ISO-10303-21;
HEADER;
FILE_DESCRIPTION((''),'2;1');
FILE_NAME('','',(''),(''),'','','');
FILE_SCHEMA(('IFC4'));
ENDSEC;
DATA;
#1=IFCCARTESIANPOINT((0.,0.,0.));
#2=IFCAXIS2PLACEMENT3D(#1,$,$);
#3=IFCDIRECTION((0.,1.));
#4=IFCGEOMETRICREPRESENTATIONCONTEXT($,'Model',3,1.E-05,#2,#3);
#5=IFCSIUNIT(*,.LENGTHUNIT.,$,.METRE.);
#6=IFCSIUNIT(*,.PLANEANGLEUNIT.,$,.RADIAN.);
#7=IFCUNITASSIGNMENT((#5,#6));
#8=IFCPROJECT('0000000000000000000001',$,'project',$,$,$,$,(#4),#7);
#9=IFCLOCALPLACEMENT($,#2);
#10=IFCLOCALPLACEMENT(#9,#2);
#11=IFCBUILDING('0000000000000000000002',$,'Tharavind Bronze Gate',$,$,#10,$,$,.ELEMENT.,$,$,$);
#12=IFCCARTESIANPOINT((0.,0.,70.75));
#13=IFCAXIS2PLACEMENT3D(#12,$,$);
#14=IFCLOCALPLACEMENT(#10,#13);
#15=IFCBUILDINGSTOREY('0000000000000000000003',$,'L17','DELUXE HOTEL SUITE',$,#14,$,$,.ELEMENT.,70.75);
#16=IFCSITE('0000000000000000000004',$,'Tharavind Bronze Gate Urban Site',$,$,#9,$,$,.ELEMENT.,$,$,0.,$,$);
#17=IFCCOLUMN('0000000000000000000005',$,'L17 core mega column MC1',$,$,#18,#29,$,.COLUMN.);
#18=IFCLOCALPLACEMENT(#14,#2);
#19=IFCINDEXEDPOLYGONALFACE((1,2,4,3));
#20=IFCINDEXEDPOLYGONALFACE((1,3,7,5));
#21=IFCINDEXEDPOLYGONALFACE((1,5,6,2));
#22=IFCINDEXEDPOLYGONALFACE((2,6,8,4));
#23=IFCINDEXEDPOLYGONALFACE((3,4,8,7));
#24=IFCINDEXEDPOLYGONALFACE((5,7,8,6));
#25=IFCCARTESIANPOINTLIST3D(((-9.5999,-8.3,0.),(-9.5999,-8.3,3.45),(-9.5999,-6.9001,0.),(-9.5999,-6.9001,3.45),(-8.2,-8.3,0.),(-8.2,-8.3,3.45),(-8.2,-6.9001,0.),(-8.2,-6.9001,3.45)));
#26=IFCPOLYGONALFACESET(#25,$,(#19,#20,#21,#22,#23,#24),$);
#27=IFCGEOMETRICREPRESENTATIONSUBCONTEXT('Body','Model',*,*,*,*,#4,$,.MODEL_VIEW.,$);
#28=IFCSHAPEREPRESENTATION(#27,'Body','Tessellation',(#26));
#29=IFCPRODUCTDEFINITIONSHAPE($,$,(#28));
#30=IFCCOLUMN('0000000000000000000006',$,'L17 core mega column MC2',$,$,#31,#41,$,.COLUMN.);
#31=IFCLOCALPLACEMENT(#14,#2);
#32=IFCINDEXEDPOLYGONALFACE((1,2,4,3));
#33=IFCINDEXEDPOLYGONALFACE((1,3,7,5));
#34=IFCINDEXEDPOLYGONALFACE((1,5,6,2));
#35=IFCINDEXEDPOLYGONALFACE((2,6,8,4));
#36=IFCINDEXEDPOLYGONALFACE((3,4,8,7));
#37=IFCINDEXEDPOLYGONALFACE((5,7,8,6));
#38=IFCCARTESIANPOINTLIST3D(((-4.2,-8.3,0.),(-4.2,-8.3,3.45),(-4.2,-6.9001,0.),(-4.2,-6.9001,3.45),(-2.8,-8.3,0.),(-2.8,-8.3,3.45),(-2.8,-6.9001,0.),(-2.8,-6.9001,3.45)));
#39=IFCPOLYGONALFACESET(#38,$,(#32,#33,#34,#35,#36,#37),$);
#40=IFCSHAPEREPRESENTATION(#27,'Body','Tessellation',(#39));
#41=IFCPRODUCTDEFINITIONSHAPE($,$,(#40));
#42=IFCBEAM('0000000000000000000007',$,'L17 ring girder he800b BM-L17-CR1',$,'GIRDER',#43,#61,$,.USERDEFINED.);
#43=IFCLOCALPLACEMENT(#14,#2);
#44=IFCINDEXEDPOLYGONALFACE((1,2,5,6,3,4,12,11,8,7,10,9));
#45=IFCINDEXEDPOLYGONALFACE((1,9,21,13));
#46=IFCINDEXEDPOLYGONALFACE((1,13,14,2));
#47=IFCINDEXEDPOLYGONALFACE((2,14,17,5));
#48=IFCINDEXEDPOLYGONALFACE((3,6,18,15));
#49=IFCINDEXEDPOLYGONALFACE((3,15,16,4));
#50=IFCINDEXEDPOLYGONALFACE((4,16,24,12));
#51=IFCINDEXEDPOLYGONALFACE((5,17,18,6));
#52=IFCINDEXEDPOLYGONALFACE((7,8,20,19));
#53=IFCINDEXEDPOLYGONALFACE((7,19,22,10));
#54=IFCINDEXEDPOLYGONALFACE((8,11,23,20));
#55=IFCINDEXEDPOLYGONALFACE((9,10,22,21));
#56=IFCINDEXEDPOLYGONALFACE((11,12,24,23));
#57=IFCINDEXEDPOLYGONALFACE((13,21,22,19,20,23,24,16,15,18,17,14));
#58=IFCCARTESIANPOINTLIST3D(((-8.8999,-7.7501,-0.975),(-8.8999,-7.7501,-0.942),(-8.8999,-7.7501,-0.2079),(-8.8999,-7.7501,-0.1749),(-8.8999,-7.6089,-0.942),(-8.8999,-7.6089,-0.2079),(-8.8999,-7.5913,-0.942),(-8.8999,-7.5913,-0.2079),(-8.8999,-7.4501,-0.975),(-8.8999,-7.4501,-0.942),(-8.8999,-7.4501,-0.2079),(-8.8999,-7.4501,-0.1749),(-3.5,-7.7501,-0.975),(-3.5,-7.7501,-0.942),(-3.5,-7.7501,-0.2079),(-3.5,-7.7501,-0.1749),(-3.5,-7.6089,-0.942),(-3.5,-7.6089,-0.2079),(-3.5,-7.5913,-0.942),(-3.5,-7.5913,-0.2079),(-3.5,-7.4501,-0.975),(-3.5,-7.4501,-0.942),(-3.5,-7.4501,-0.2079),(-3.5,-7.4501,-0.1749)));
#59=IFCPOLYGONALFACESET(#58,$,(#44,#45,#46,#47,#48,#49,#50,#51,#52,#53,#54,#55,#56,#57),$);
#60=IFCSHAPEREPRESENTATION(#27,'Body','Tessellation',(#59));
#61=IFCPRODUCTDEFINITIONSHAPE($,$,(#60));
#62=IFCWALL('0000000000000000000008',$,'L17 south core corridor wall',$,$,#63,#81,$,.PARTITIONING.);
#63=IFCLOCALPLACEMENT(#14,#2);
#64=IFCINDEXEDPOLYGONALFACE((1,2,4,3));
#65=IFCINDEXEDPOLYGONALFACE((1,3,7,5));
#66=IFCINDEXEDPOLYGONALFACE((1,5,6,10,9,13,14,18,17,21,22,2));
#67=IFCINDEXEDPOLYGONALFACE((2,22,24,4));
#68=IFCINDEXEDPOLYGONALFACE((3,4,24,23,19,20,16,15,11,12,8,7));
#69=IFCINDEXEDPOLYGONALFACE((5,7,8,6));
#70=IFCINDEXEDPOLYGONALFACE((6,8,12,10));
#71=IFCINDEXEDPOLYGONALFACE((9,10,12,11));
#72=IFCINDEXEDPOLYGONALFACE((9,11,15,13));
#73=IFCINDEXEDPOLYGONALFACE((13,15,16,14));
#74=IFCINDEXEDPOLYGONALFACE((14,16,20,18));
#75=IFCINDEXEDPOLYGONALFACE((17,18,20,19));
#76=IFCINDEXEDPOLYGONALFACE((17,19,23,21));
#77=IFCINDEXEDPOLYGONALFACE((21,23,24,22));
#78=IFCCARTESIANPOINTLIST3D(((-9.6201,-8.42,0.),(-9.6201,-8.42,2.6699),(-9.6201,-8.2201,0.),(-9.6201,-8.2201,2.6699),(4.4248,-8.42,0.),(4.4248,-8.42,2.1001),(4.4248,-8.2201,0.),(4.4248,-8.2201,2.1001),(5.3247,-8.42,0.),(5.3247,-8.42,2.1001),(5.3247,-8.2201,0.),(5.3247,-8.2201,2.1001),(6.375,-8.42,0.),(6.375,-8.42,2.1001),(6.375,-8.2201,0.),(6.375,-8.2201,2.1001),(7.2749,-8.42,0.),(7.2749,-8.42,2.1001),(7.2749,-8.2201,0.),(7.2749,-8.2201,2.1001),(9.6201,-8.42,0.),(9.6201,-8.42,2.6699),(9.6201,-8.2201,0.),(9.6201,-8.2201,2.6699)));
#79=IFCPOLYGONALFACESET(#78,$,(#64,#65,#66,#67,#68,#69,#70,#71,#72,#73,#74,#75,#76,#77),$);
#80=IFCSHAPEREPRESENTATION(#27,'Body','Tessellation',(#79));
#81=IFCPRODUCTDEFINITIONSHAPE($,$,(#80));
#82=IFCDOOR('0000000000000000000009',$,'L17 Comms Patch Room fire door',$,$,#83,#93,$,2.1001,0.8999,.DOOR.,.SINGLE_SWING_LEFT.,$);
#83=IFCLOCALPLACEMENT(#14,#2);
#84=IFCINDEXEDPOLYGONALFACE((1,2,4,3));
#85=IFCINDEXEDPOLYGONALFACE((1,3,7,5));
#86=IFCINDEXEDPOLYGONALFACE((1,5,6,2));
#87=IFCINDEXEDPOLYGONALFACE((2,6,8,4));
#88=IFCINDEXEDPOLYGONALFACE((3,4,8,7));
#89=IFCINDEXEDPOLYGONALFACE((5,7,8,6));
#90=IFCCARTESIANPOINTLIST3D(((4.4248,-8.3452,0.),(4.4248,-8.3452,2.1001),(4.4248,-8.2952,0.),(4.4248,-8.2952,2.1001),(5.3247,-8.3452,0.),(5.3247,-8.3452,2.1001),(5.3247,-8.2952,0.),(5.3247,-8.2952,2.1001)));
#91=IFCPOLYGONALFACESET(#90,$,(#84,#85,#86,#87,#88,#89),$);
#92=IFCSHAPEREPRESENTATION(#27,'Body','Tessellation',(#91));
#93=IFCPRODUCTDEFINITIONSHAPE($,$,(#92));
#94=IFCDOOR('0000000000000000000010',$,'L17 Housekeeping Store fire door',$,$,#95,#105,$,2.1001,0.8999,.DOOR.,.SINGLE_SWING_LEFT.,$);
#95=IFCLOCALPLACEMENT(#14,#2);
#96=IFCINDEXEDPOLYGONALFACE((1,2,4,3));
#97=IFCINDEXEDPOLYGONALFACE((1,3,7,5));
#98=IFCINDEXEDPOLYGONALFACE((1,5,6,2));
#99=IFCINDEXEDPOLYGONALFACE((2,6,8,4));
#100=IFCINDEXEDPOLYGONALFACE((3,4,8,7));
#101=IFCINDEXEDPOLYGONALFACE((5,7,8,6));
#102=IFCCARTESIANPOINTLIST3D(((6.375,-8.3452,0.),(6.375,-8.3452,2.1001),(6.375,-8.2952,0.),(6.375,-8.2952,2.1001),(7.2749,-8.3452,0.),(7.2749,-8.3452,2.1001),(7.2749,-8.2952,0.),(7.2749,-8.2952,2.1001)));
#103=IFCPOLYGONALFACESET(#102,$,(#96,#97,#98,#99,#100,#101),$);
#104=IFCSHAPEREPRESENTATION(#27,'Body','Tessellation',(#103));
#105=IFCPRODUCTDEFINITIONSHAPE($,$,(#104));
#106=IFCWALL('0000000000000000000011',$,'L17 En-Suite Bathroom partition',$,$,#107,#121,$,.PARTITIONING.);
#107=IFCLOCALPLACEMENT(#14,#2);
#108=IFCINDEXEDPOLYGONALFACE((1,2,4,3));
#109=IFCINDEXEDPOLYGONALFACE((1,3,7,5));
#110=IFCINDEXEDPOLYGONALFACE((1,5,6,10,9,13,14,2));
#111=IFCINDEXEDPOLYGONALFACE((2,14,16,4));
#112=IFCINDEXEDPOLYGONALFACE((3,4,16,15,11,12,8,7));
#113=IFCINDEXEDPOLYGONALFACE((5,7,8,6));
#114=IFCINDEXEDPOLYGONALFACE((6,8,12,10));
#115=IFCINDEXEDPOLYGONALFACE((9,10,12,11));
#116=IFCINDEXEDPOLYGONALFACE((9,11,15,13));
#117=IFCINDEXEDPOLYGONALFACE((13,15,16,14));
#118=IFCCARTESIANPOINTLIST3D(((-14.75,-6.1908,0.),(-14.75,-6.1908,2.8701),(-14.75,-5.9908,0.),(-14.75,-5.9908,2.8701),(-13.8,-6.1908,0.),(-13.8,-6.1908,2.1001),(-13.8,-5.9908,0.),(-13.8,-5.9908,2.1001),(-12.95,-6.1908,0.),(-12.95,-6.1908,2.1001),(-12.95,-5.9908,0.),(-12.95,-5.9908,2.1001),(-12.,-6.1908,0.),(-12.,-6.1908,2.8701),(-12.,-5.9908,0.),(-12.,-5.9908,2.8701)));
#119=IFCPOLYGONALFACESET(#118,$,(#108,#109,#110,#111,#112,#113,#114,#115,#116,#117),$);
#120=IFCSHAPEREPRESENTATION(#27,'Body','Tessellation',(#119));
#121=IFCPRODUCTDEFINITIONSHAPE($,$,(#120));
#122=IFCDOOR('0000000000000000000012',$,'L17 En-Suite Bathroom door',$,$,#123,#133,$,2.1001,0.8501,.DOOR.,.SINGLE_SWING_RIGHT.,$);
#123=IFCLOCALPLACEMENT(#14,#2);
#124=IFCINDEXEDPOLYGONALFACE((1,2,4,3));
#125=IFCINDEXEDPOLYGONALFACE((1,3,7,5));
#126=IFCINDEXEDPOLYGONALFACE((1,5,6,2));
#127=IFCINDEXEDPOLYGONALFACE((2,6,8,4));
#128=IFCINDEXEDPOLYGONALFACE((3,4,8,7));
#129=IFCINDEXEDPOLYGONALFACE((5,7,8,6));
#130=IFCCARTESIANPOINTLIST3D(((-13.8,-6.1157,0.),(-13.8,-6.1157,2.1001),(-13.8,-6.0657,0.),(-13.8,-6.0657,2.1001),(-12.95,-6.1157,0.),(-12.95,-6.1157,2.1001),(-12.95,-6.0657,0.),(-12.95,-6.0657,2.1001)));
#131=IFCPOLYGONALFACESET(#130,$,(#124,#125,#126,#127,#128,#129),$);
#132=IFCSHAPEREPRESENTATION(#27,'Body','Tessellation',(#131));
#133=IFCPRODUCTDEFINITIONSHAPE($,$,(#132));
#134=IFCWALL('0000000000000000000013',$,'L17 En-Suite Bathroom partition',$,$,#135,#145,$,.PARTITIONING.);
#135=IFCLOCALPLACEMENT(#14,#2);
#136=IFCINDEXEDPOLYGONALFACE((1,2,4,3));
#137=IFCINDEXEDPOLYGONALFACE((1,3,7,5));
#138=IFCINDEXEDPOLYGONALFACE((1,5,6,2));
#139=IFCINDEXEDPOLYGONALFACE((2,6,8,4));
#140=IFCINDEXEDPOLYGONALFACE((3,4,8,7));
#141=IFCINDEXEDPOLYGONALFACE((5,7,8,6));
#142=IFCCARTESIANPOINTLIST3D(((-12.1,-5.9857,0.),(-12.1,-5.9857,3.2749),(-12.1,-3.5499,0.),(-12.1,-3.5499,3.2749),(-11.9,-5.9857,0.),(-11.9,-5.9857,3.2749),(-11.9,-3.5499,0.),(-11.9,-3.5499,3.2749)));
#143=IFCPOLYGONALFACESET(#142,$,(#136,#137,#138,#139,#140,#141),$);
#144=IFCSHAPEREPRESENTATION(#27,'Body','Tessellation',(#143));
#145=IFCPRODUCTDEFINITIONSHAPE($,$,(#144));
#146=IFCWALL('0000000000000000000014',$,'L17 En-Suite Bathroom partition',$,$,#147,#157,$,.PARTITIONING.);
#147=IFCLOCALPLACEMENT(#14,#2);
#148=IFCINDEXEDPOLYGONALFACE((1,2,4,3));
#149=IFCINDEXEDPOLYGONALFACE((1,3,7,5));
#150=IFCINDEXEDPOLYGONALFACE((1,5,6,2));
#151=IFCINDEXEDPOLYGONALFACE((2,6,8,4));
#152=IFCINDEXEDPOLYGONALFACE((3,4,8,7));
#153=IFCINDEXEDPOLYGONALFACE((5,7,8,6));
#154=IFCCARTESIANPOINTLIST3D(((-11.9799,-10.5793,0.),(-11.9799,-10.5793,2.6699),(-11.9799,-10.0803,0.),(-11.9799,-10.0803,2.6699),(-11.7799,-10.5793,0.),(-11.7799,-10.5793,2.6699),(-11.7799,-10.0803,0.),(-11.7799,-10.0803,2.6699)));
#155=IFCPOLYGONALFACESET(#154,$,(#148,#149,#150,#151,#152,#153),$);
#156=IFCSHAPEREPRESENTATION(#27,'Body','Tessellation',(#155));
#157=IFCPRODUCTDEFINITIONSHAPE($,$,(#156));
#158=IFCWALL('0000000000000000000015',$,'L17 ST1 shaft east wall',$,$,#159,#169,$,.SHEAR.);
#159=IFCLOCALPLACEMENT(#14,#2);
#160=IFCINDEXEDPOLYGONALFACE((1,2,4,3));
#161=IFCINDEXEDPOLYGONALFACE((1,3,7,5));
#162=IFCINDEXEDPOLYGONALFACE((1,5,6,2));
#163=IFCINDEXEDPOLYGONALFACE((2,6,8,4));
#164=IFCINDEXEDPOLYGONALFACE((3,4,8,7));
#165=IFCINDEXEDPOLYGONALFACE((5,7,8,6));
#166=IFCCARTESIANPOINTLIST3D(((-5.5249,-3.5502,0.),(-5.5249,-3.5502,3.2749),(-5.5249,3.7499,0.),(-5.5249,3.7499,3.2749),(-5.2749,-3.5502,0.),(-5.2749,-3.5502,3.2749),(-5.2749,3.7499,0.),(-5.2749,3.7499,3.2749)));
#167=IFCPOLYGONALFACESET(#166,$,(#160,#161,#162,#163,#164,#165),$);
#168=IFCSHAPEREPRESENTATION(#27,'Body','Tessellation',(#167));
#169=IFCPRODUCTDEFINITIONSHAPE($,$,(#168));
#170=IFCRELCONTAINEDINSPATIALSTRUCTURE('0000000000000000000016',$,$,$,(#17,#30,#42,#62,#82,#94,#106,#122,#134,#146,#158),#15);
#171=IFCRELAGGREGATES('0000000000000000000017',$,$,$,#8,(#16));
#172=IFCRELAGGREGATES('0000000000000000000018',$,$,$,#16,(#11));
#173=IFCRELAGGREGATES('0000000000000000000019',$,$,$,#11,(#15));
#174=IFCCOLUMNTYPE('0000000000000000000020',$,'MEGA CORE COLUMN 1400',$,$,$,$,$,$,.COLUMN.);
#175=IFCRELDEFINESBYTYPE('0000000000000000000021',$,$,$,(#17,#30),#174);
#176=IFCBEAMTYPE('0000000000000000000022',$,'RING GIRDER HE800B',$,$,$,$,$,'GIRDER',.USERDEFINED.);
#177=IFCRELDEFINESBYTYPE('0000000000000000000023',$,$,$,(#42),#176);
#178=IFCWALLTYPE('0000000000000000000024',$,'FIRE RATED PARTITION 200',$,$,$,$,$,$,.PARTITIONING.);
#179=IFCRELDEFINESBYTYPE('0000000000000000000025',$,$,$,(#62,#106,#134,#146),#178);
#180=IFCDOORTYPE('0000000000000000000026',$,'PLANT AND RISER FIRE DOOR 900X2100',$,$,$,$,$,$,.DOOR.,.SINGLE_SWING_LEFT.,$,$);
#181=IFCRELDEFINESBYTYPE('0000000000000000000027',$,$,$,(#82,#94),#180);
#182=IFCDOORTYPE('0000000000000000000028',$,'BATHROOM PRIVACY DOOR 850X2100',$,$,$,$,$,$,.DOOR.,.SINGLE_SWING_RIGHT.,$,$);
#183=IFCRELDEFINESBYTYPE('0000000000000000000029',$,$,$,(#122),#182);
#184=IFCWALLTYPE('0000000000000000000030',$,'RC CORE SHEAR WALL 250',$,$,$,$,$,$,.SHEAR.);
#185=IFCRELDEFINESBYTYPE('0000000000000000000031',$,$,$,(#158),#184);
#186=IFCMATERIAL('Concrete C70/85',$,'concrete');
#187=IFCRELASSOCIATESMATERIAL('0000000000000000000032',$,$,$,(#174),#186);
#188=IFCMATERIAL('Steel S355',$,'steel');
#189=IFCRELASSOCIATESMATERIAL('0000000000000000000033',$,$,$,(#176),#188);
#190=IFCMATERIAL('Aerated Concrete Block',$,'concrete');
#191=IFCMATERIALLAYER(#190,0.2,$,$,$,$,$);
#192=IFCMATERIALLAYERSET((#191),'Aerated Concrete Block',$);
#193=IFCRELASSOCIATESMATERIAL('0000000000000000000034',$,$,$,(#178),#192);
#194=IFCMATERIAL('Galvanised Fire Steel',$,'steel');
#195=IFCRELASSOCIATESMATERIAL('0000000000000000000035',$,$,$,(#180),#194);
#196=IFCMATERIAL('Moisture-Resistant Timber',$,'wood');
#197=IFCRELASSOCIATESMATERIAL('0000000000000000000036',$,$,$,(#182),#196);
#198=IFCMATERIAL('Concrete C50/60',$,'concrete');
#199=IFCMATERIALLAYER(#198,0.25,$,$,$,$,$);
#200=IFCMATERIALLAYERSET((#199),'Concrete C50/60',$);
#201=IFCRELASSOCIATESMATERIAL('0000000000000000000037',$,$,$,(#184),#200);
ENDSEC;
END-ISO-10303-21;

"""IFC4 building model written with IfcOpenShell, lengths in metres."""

from ifc_helpers import new_model, si_unit, direction, frame, frame_2d, origin, origin_2d, place, context, subcontext, project, spatial, rectangle, i_section, extrude, material, layer, layer_set, material_profile, profile_set, type_object, element, fill, save


model = new_model("IFC4")

# Units and contexts
model_context = context("Model", 3, precision=1e-05, world=origin(), true_north=direction((0.0, 1.0)))
body_context = subcontext(model_context, "Body", "Model", "MODEL_VIEW")
ifc_project = project(units=[si_unit("LENGTHUNIT", "METRE"), si_unit("PLANEANGLEUNIT", "RADIAN")], contexts=[model_context])

# Site, building, storey
site_placement = place(None, origin())
site = spatial("IfcSite", under=ifc_project, at=site_placement, Name="Tharavind Bronze Gate Urban Site", CompositionType="ELEMENT", RefElevation=0.0)
building_placement = place(site_placement, origin())
building = spatial("IfcBuilding", under=site, at=building_placement, Name="Tharavind Bronze Gate", CompositionType="ELEMENT")
storey_placement = place(building_placement, frame((0.0, 0.0, 70.75)))
storey = spatial("IfcBuildingStorey", under=building, at=storey_placement, Name="L17", Description="DELUXE HOTEL SUITE", CompositionType="ELEMENT", Elevation=70.75)

# Columns
ifc_material_1 = material(Name="Concrete C70/85", Category="concrete")
ifc_material_profile_1 = material_profile(ifc_material_1, rectangle(XDim=1.3999, YDim=1.3999, at=origin_2d()), Name="RCCOL1400")
ifc_profile_set_1 = profile_set([ifc_material_profile_1], Name="Concrete C70/85")
column_type = type_object("IfcColumnType", Name="MEGA CORE COLUMN 1400", PredefinedType="COLUMN", material=ifc_profile_set_1)
for number, where, z_axis, x_axis, name in (
    (1, (-8.8999, -7.6001, 0.0), (0.0, 0.0, 1.0), (1.0, 0.0, 0.0), "L17 core mega column MC1"),
    (2, (-3.5, -7.6001, 0.0), (0.0, 0.0, 1.0), (1.0, 0.0, 0.0), "L17 core mega column MC2"),
):
    element("IfcColumn", number, at=place(storey_placement, frame(where, z_axis=z_axis, x_axis=x_axis)), inside=storey, type_object=column_type, Name=name, PredefinedType="COLUMN", context=body_context, shape_type="SweptSolid", body=[
        extrude(rectangle(XDim=1.3999, YDim=1.3999, at=origin_2d()), origin(), (0.0, 0.0, 1.0), 3.45),
    ])

# Beam
ifc_material_2 = material(Name="Steel S355", Category="steel")
ifc_material_profile_2 = material_profile(ifc_material_2, i_section(OverallWidth=0.3, OverallDepth=0.8, WebThickness=0.0176, FlangeThickness=0.033, at=origin_2d()), Name="HE800B")
ifc_profile_set_2 = profile_set([ifc_material_profile_2], Name="Steel S355")
beam_type = type_object("IfcBeamType", Name="RING GIRDER HE800B", ElementType="GIRDER", PredefinedType="USERDEFINED", material=ifc_profile_set_2)
beam_placement = place(storey_placement, frame((-8.8999, -7.6001, -0.575), z_axis=(1.0, 0.0, 0.0), x_axis=(0.0, 1.0, 0.0)))
element("IfcBeam", 3, at=beam_placement, inside=storey, type_object=beam_type, Name="L17 ring girder he800b BM-L17-CR1", ObjectType="GIRDER", PredefinedType="USERDEFINED", context=body_context, shape_type="SweptSolid", body=[
    extrude(i_section(OverallWidth=0.3, OverallDepth=0.8, WebThickness=0.0176, FlangeThickness=0.033, at=origin_2d()), origin(), (0.0, 0.0, 1.0), 5.3999),
])

# Wall, openings, doors
ifc_material_3 = material(Name="Aerated Concrete Block", Category="concrete")
ifc_layer_1 = layer(ifc_material_3, 0.2)
ifc_layer_set_1 = layer_set([ifc_layer_1], Name="Aerated Concrete Block")
wall_type_1 = type_object("IfcWallType", Name="FIRE RATED PARTITION 200", PredefinedType="PARTITIONING", material=ifc_layer_set_1)
wall_1_placement = place(storey_placement, frame((-9.6201, -8.3201, 0.0), z_axis=(0.0, 0.0, 1.0), x_axis=(1.0, 0.0, 0.0)))
wall_1 = element("IfcWall", 4, at=wall_1_placement, inside=storey, type_object=wall_type_1, Name="L17 south core corridor wall", PredefinedType="PARTITIONING", context=body_context, shape_type="SweptSolid", body=[
    extrude(rectangle(XDim=19.2402, YDim=0.2, at=frame_2d((9.6201, 0.0))), origin(), (0.0, 0.0, 1.0), 2.6699),
])
opening_1_placement = place(wall_1_placement, frame((14.0449, 0.0, 0.0)))
opening_1 = element("IfcOpeningElement", 5, at=opening_1_placement, cuts=wall_1, PredefinedType="OPENING", context=body_context, shape_type="SweptSolid", body=[
    extrude(rectangle(XDim=0.8999, YDim=2.1001, at=frame_2d((0.45, 1.05))), frame((0.0, 0.1101, 0.0), z_axis=(0.0, -1.0, 0.0), x_axis=(1.0, 0.0, 0.0)), (0.0, 0.0, 1.0), 0.22),
])
opening_2_placement = place(wall_1_placement, frame((15.9951, 0.0, 0.0)))
opening_2 = element("IfcOpeningElement", 6, at=opening_2_placement, cuts=wall_1, PredefinedType="OPENING", context=body_context, shape_type="SweptSolid", body=[
    extrude(rectangle(XDim=0.8999, YDim=2.1001, at=frame_2d((0.45, 1.05))), frame((0.0, 0.1101, 0.0), z_axis=(0.0, -1.0, 0.0), x_axis=(1.0, 0.0, 0.0)), (0.0, 0.0, 1.0), 0.22),
])
ifc_material_4 = material(Name="Galvanised Fire Steel", Category="steel")
door_type_1 = type_object("IfcDoorType", Name="PLANT AND RISER FIRE DOOR 900X2100", OperationType="SINGLE_SWING_LEFT", PredefinedType="DOOR", material=ifc_material_4)
door_1_placement = place(opening_1_placement, origin())
door_1 = element("IfcDoor", 7, at=door_1_placement, inside=storey, type_object=door_type_1, Name="L17 Comms Patch Room fire door", OperationType="SINGLE_SWING_LEFT", OverallHeight=2.1001, OverallWidth=0.8999, PredefinedType="DOOR", context=body_context, shape_type="SweptSolid", body=[
    extrude(rectangle(XDim=0.8999, YDim=2.1001, at=frame_2d((0.45, 1.05))), frame((0.0, 0.0249, 0.0), z_axis=(0.0, -1.0, 0.0), x_axis=(1.0, 0.0, 0.0)), (0.0, 0.0, 1.0), 0.05),
])
fill(opening_1, door_1)
door_2_placement = place(opening_2_placement, origin())
door_2 = element("IfcDoor", 8, at=door_2_placement, inside=storey, type_object=door_type_1, Name="L17 Housekeeping Store fire door", OperationType="SINGLE_SWING_LEFT", OverallHeight=2.1001, OverallWidth=0.8999, PredefinedType="DOOR", context=body_context, shape_type="SweptSolid", body=[
    extrude(rectangle(XDim=0.8999, YDim=2.1001, at=frame_2d((0.45, 1.05))), frame((0.0, 0.0249, 0.0), z_axis=(0.0, -1.0, 0.0), x_axis=(1.0, 0.0, 0.0)), (0.0, 0.0, 1.0), 0.05),
])
fill(opening_2, door_2)

# Wall, opening, door
wall_2_placement = place(storey_placement, frame((-12.0, -6.0908, 0.0), z_axis=(0.0, 0.0, 1.0), x_axis=(-1.0, 0.0, 0.0)))
wall_2 = element("IfcWall", 9, at=wall_2_placement, inside=storey, type_object=wall_type_1, Name="L17 En-Suite Bathroom partition", PredefinedType="PARTITIONING", context=body_context, shape_type="SweptSolid", body=[
    extrude(rectangle(XDim=2.75, YDim=0.2, at=frame_2d((1.375, 0.0))), origin(), (0.0, 0.0, 1.0), 2.8701),
])
opening_3_placement = place(wall_2_placement, frame((0.95, 0.0, 0.0)))
opening_3 = element("IfcOpeningElement", 10, at=opening_3_placement, cuts=wall_2, PredefinedType="OPENING", context=body_context, shape_type="SweptSolid", body=[
    extrude(rectangle(XDim=0.8501, YDim=2.1001, at=frame_2d((0.425, 1.05))), frame((0.0, 0.1101, 0.0), z_axis=(0.0, -1.0, 0.0), x_axis=(1.0, 0.0, 0.0)), (0.0, 0.0, 1.0), 0.22),
])
ifc_material_5 = material(Name="Moisture-Resistant Timber", Category="wood")
door_type_2 = type_object("IfcDoorType", Name="BATHROOM PRIVACY DOOR 850X2100", OperationType="SINGLE_SWING_RIGHT", PredefinedType="DOOR", material=ifc_material_5)
door_3_placement = place(opening_3_placement, origin())
door_3 = element("IfcDoor", 11, at=door_3_placement, inside=storey, type_object=door_type_2, Name="L17 En-Suite Bathroom door", OperationType="SINGLE_SWING_RIGHT", OverallHeight=2.1001, OverallWidth=0.8501, PredefinedType="DOOR", context=body_context, shape_type="SweptSolid", body=[
    extrude(rectangle(XDim=0.8501, YDim=2.1001, at=frame_2d((0.425, 1.05))), frame((0.0, 0.0249, 0.0), z_axis=(0.0, -1.0, 0.0), x_axis=(1.0, 0.0, 0.0)), (0.0, 0.0, 1.0), 0.05),
])
fill(opening_3, door_3)

# Walls
wall_3_placement = place(storey_placement, frame((-12.0, -3.55, 0.0), z_axis=(0.0, 0.0, 1.0), x_axis=(0.0, -1.0, 0.0)))
element("IfcWall", 12, at=wall_3_placement, inside=storey, type_object=wall_type_1, Name="L17 En-Suite Bathroom partition", PredefinedType="PARTITIONING", context=body_context, shape_type="SweptSolid", body=[
    extrude(rectangle(XDim=2.4358, YDim=0.2, at=frame_2d((1.2178, 0.0))), origin(), (0.0, 0.0, 1.0), 3.2749),
])
wall_4_placement = place(storey_placement, frame((-11.8799, -10.0803, 0.0), z_axis=(0.0, 0.0, 1.0), x_axis=(0.0, -1.0, 0.0)))
element("IfcWall", 13, at=wall_4_placement, inside=storey, type_object=wall_type_1, Name="L17 En-Suite Bathroom partition", PredefinedType="PARTITIONING", context=body_context, shape_type="SweptSolid", body=[
    extrude(rectangle(XDim=0.499, YDim=0.2, at=frame_2d((0.2495, 0.0))), origin(), (0.0, 0.0, 1.0), 2.6699),
])

# Wall
ifc_material_6 = material(Name="Concrete C50/60", Category="concrete")
ifc_layer_2 = layer(ifc_material_6, 0.25)
ifc_layer_set_2 = layer_set([ifc_layer_2], Name="Concrete C50/60")
wall_type_2 = type_object("IfcWallType", Name="RC CORE SHEAR WALL 250", PredefinedType="SHEAR", material=ifc_layer_set_2)
wall_5_placement = place(storey_placement, frame((-5.3999, -3.55, 0.0), z_axis=(0.0, 0.0, 1.0), x_axis=(0.0, 1.0, 0.0)))
element("IfcWall", 14, at=wall_5_placement, inside=storey, type_object=wall_type_2, Name="L17 ST1 shaft east wall", PredefinedType="SHEAR", context=body_context, shape_type="SweptSolid", body=[
    extrude(rectangle(XDim=7.3, YDim=0.25, at=frame_2d((3.6499, 0.0))), origin(), (0.0, 0.0, 1.0), 3.2749),
])

save(model, "model.ifc")
